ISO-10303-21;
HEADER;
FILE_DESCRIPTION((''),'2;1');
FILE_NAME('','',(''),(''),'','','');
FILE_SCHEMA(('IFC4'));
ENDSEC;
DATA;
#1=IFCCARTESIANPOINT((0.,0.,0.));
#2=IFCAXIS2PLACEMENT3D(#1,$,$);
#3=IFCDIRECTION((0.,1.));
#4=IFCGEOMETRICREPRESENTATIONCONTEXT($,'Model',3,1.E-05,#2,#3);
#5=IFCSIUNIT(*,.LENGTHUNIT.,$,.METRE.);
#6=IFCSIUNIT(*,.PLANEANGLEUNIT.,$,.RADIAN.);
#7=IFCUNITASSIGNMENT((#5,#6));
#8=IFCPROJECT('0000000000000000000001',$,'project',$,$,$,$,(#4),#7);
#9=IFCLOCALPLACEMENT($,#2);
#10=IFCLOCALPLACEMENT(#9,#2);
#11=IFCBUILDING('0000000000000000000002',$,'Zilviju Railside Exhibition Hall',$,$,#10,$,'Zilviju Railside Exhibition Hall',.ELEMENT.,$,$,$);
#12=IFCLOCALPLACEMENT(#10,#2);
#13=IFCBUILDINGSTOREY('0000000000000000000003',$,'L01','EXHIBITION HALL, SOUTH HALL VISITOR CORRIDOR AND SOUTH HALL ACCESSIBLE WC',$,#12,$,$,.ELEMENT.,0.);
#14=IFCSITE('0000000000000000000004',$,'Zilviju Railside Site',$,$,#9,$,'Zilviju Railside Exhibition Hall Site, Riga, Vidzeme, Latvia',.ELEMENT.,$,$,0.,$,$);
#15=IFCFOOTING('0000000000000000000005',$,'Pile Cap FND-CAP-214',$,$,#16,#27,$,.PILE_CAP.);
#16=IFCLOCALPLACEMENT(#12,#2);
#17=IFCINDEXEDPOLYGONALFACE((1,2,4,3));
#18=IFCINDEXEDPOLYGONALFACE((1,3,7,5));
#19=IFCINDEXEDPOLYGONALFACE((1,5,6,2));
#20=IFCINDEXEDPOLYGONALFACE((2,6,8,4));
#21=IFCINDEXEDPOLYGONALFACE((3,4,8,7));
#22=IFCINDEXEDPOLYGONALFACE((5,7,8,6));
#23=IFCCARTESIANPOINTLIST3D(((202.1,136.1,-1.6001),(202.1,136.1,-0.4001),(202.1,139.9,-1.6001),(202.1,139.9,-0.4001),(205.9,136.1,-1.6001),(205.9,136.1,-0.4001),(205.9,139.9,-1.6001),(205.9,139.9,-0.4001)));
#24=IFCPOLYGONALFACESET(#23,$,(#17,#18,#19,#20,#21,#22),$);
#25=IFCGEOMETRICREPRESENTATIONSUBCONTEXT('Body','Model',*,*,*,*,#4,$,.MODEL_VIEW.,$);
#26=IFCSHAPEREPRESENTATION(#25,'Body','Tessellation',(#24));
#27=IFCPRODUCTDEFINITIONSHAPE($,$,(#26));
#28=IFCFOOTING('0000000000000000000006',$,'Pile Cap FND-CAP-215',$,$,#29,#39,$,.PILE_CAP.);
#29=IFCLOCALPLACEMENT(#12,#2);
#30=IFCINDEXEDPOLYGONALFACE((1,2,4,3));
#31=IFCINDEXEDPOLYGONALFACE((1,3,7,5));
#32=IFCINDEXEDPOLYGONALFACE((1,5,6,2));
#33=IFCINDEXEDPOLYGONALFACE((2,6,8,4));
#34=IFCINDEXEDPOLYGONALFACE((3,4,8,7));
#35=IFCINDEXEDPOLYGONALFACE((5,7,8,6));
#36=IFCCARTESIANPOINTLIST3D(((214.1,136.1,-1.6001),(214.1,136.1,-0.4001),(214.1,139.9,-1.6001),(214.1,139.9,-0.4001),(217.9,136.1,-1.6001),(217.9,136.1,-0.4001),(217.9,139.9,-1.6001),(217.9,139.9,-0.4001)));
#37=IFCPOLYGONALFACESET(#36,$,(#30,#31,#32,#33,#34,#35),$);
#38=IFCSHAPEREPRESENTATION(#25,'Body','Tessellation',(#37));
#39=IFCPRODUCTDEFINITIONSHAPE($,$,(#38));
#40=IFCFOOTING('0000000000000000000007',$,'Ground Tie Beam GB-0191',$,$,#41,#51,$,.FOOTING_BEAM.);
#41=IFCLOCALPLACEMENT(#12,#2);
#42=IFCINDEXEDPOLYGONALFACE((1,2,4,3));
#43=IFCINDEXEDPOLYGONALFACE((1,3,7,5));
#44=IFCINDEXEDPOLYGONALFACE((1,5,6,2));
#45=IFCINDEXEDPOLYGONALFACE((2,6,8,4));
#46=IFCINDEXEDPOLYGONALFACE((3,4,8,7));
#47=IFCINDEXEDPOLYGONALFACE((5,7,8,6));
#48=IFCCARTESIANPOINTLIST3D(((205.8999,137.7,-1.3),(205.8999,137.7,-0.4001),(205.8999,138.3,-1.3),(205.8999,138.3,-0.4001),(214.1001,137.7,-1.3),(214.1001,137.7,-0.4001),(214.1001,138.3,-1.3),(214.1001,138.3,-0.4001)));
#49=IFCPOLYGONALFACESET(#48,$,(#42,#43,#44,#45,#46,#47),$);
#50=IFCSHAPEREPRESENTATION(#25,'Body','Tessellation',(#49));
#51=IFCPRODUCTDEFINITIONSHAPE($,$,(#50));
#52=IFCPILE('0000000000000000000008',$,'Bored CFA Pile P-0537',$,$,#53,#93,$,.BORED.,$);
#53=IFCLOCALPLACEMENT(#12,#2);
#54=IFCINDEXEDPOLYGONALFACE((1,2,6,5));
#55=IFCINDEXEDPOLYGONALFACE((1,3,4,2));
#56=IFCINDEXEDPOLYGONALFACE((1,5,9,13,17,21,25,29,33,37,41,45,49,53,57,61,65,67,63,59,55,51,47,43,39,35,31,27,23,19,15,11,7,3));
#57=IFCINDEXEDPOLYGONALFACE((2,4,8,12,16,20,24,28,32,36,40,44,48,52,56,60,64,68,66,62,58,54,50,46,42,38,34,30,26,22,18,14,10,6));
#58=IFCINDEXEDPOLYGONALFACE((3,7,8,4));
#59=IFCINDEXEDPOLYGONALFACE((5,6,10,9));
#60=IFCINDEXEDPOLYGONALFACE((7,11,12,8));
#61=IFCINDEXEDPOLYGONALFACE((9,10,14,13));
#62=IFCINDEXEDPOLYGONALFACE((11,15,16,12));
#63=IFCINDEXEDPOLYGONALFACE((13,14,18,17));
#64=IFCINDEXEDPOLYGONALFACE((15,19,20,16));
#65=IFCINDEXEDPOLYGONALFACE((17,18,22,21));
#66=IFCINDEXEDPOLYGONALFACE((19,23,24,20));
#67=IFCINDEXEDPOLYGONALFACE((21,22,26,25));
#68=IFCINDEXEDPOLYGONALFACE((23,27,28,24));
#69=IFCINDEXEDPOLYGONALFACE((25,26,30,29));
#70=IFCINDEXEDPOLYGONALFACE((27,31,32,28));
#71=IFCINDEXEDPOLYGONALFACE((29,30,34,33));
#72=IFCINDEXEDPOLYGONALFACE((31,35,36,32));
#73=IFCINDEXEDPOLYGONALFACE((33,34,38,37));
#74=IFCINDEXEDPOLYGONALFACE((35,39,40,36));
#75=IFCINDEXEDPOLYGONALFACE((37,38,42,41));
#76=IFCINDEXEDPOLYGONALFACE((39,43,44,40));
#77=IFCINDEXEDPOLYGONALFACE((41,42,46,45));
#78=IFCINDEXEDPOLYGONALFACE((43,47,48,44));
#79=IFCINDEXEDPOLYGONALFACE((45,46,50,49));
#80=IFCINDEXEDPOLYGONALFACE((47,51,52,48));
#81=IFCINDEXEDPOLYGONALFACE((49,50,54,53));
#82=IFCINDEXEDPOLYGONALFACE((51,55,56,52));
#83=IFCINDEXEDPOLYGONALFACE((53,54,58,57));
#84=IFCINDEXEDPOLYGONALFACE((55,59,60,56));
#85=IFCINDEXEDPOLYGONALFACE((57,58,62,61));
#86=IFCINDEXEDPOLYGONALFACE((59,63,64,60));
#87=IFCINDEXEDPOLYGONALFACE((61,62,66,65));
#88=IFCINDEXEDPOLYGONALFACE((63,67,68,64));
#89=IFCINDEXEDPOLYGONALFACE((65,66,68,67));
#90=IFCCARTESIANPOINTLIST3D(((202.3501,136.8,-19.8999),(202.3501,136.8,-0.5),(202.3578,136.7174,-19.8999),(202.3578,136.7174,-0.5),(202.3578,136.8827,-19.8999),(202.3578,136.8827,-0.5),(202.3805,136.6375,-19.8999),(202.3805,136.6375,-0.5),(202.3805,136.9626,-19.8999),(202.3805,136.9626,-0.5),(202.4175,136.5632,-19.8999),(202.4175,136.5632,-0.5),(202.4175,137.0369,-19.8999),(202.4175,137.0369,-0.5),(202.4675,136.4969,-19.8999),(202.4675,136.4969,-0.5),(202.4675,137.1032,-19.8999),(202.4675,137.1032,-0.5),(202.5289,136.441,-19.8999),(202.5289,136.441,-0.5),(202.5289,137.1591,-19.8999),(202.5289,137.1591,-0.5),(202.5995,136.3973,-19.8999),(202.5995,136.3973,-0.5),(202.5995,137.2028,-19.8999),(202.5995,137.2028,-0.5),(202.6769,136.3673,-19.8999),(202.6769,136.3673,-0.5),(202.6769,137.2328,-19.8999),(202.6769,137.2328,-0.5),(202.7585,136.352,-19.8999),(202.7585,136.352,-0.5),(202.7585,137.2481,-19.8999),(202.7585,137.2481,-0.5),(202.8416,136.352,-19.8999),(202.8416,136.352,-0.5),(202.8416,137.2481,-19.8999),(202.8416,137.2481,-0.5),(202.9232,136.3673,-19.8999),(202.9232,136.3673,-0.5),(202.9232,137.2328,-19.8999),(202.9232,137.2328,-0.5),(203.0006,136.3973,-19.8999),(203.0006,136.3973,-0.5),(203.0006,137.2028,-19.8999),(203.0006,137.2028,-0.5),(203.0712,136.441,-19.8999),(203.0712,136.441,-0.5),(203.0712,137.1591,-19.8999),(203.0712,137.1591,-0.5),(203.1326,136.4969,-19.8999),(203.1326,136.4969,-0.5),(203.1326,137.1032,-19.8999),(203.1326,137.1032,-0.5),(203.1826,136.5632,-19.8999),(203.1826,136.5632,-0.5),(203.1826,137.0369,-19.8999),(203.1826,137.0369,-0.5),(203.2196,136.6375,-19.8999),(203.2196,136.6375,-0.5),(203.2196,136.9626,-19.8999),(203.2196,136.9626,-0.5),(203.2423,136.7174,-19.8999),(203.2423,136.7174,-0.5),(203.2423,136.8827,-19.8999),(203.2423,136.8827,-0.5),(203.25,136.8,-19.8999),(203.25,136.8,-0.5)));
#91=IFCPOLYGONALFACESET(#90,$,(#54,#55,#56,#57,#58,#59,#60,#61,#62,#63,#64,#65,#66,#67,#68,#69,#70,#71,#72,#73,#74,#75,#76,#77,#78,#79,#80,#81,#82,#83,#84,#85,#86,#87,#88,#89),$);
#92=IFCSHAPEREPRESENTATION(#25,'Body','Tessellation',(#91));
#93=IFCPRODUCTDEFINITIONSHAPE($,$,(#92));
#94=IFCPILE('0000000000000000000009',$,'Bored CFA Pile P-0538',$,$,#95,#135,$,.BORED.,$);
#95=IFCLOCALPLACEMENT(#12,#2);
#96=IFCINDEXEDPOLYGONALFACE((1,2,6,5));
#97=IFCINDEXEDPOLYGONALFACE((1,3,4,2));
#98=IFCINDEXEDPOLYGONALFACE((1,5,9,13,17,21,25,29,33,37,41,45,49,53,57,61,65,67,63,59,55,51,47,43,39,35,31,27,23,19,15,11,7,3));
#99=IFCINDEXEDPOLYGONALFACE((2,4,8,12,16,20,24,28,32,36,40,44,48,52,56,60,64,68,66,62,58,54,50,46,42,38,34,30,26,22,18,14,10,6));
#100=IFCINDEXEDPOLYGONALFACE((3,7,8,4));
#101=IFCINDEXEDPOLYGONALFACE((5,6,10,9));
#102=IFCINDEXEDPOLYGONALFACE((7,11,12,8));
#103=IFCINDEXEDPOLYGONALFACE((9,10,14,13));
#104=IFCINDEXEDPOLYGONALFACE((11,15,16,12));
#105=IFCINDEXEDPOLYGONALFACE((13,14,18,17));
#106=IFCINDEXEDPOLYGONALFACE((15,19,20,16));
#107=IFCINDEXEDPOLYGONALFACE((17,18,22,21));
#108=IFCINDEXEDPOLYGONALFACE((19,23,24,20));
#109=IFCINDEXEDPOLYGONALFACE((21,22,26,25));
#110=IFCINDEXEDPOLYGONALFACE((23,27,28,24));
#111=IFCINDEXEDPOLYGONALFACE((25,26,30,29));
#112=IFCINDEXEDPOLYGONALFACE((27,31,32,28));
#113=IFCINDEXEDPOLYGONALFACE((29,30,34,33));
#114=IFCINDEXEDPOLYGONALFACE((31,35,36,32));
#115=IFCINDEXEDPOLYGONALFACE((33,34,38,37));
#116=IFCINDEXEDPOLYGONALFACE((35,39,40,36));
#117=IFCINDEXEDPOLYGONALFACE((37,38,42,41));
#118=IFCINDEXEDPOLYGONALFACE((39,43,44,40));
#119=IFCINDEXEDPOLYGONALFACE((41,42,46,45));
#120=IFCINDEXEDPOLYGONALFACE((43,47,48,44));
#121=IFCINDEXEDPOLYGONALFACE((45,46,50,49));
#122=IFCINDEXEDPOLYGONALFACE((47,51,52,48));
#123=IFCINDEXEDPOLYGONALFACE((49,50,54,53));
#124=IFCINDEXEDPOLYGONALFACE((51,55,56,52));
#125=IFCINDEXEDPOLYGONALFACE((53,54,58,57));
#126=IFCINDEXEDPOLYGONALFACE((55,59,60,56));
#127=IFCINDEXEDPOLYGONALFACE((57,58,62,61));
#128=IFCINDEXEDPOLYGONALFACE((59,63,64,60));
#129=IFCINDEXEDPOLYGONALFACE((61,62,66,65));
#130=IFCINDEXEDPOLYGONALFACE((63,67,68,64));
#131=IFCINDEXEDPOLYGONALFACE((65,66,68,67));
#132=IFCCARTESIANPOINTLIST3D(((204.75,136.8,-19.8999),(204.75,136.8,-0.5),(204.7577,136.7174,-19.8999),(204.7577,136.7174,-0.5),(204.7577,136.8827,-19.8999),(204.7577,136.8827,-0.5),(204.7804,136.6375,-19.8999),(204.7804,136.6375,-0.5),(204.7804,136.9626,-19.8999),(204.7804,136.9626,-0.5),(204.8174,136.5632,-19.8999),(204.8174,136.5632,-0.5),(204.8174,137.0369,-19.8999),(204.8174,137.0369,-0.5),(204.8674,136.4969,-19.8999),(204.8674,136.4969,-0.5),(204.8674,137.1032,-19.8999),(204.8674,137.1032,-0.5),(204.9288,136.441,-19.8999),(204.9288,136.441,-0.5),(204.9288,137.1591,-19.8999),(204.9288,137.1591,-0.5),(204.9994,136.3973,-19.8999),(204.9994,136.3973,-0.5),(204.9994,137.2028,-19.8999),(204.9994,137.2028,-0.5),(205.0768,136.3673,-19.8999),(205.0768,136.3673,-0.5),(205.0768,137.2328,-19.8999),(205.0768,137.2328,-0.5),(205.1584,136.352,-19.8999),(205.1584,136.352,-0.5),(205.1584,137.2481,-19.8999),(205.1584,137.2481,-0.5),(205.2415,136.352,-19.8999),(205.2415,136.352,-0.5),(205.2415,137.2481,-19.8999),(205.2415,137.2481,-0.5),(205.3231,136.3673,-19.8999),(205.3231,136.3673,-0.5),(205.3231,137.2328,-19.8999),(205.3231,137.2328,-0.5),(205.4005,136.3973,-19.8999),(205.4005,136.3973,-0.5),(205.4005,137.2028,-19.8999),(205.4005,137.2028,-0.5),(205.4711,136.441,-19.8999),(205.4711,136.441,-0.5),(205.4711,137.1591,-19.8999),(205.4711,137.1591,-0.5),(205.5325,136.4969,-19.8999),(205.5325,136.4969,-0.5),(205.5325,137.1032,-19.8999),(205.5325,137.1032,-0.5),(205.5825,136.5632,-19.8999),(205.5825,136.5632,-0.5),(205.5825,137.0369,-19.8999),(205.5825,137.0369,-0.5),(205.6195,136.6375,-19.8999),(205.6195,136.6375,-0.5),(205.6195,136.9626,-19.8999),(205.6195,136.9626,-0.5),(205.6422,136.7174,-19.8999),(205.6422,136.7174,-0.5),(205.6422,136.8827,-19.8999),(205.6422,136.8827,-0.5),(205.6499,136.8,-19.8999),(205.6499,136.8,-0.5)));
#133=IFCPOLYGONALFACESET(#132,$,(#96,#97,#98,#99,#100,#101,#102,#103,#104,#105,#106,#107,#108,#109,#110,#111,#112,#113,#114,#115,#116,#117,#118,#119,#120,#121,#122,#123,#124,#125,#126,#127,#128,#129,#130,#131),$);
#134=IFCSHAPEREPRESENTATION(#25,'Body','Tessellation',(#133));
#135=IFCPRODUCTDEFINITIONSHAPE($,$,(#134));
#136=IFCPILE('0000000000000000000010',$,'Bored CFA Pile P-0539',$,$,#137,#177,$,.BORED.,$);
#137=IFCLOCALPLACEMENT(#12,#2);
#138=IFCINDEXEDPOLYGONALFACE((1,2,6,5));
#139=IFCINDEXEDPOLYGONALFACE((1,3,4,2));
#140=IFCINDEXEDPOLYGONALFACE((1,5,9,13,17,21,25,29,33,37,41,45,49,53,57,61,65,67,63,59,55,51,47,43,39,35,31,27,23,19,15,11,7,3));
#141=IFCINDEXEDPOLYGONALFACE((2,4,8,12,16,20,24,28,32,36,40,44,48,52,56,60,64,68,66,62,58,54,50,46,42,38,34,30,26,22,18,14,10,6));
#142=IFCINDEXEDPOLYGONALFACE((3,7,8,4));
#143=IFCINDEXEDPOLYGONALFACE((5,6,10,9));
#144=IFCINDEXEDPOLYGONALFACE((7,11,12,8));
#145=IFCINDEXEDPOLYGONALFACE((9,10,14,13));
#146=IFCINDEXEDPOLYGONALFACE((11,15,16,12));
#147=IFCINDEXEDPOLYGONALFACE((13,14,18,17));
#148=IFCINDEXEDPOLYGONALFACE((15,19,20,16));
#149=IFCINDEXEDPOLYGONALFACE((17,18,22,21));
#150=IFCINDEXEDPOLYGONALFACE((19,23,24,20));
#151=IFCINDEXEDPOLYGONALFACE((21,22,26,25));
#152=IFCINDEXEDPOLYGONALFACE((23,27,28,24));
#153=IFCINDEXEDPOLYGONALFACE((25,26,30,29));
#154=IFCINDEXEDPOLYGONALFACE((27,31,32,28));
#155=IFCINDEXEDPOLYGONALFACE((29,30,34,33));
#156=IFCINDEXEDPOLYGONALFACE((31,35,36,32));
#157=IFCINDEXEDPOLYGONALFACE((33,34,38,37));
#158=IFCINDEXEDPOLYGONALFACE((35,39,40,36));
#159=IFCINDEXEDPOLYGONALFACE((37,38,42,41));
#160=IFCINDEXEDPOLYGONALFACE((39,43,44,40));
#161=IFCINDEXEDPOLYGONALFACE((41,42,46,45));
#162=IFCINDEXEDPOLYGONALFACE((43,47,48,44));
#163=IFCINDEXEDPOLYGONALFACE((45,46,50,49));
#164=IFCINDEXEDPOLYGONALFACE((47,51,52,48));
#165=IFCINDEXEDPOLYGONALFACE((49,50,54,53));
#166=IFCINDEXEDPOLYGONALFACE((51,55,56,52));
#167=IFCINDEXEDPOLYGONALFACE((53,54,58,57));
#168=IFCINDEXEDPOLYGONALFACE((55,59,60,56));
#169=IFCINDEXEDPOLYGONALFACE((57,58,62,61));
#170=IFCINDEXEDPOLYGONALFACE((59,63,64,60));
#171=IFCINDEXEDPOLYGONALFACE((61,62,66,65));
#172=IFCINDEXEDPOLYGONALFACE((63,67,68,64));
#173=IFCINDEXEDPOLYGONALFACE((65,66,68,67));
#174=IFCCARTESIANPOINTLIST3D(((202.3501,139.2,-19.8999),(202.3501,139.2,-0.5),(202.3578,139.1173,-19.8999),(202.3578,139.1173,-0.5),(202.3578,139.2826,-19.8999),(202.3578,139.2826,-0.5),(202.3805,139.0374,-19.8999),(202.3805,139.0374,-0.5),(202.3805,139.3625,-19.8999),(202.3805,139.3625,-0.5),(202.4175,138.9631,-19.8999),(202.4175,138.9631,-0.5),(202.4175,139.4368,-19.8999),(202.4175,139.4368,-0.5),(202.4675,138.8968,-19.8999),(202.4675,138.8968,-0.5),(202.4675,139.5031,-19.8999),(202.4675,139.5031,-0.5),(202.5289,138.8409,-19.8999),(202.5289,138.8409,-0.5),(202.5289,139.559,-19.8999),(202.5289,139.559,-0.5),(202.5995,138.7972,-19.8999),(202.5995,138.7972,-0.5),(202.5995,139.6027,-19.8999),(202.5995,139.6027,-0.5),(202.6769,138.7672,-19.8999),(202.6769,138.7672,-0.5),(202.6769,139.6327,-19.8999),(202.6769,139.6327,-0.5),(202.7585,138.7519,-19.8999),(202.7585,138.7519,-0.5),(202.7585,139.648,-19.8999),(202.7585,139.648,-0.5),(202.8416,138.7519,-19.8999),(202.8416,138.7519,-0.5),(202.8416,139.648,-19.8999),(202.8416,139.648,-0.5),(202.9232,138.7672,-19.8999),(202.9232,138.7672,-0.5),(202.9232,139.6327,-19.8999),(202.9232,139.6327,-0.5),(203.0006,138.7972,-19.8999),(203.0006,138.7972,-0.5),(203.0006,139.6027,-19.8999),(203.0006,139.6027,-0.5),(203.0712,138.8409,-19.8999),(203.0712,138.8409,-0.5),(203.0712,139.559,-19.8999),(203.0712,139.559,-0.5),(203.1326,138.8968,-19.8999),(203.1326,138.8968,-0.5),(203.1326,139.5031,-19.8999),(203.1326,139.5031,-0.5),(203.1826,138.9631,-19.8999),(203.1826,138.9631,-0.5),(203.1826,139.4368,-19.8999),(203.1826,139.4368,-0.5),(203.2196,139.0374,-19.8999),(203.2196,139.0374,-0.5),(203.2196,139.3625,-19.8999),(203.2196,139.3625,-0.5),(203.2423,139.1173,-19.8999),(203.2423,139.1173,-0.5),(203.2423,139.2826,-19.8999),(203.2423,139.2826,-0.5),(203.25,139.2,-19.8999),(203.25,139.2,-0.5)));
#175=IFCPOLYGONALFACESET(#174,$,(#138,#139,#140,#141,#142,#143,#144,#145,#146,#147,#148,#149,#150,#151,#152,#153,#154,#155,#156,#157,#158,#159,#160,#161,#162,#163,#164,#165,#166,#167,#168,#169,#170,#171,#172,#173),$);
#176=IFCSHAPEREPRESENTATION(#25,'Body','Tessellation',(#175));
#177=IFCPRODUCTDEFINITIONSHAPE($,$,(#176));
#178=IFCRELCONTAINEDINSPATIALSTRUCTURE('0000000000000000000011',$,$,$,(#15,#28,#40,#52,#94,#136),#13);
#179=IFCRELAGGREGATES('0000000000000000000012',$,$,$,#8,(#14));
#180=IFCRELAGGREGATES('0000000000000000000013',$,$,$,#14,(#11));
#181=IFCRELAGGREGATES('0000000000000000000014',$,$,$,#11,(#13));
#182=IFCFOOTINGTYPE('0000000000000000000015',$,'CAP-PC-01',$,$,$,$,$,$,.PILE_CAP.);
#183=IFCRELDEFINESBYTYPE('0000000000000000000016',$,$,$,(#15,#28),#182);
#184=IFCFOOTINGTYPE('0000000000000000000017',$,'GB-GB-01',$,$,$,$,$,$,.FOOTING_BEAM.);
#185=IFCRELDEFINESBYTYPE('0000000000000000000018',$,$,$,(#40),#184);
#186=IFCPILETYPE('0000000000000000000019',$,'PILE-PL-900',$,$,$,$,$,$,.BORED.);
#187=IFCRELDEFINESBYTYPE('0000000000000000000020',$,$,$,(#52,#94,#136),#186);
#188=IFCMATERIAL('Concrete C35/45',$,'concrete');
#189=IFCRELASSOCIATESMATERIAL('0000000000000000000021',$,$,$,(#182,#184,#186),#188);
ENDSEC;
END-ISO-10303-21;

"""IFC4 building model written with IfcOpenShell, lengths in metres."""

from ifc_helpers import new_model, si_unit, direction, frame, origin, origin_2d, place, context, subcontext, project, spatial, rectangle, circle, extrude, material, material_profile, profile_set, type_object, element, save


model = new_model("IFC4")

# Units and contexts
model_context = context("Model", 3, precision=1e-05, world=origin(), true_north=direction((0.0, 1.0)))
body_context = subcontext(model_context, "Body", "Model", "MODEL_VIEW")
ifc_project = project(units=[si_unit("LENGTHUNIT", "METRE"), si_unit("PLANEANGLEUNIT", "RADIAN")], contexts=[model_context])

# Site, building, storey
site_placement = place(None, origin())
site = spatial("IfcSite", under=ifc_project, at=site_placement, Name="Zilviju Railside Site", LongName="Zilviju Railside Exhibition Hall Site, Riga, Vidzeme, Latvia", CompositionType="ELEMENT", RefElevation=0.0)
building_placement = place(site_placement, origin())
building = spatial("IfcBuilding", under=site, at=building_placement, Name="Zilviju Railside Exhibition Hall", LongName="Zilviju Railside Exhibition Hall", CompositionType="ELEMENT")
storey_placement = place(building_placement, origin())
storey = spatial("IfcBuildingStorey", under=building, at=storey_placement, Name="L01", Description="EXHIBITION HALL, SOUTH HALL VISITOR CORRIDOR AND SOUTH HALL ACCESSIBLE WC", CompositionType="ELEMENT", Elevation=0.0)

# Footings
ifc_material_1 = material(Name="Concrete C35/45", Category="concrete")
footing_type_1 = type_object("IfcFootingType", Name="CAP-PC-01", PredefinedType="PILE_CAP", material=ifc_material_1)
for number, where, z_axis, x_axis, name in (
    (1, (204.0, 138.0, -1.6001), (0.0, 0.0, 1.0), (1.0, 0.0, 0.0), "Pile Cap FND-CAP-214"),
    (2, (216.0, 138.0, -1.6001), (0.0, 0.0, 1.0), (1.0, 0.0, 0.0), "Pile Cap FND-CAP-215"),
):
    element("IfcFooting", number, at=place(storey_placement, frame(where, z_axis=z_axis, x_axis=x_axis)), inside=storey, type_object=footing_type_1, Name=name, PredefinedType="PILE_CAP", context=body_context, shape_type="SweptSolid", body=[
        extrude(rectangle(XDim=3.8, YDim=3.8, at=origin_2d()), origin(), (0.0, 0.0, 1.0), 1.2),
    ])
ifc_material_profile_1 = material_profile(ifc_material_1, rectangle(XDim=0.6001, YDim=0.8999, at=origin_2d()), Name="TIE BEAM 600x900")
ifc_profile_set_1 = profile_set([ifc_material_profile_1], Name="Concrete C35/45")
footing_type_2 = type_object("IfcFootingType", Name="GB-GB-01", PredefinedType="FOOTING_BEAM", material=ifc_profile_set_1)
footing_placement = place(storey_placement, frame((205.8999, 138.0, -0.8501), z_axis=(1.0, 0.0, 0.0), x_axis=(0.0, 1.0, 0.0)))
element("IfcFooting", 3, at=footing_placement, inside=storey, type_object=footing_type_2, Name="Ground Tie Beam GB-0191", PredefinedType="FOOTING_BEAM", context=body_context, shape_type="SweptSolid", body=[
    extrude(rectangle(XDim=0.6001, YDim=0.8999, at=origin_2d()), origin(), (0.0, 0.0, 1.0), 8.2002),
])

# Piles
ifc_material_profile_2 = material_profile(ifc_material_1, circle(Radius=0.45, at=origin_2d()), Name="CFA PILE D900")
ifc_profile_set_2 = profile_set([ifc_material_profile_2], Name="Concrete C35/45")
pile_type = type_object("IfcPileType", Name="PILE-PL-900", PredefinedType="BORED", material=ifc_profile_set_2)
for number, where, z_axis, x_axis, name in (
    (4, (202.8, 136.8, -0.5), (0.0, 0.0, -1.0), (1.0, 0.0, 0.0), "Bored CFA Pile P-0537"),
    (5, (205.2, 136.8, -0.5), (0.0, 0.0, -1.0), (1.0, 0.0, 0.0), "Bored CFA Pile P-0538"),
    (6, (202.8, 139.2, -0.5), (0.0, 0.0, -1.0), (1.0, 0.0, 0.0), "Bored CFA Pile P-0539"),
):
    element("IfcPile", number, at=place(storey_placement, frame(where, z_axis=z_axis, x_axis=x_axis)), inside=storey, type_object=pile_type, Name=name, PredefinedType="BORED", context=body_context, shape_type="SweptSolid", body=[
        extrude(circle(Radius=0.45, at=origin_2d()), origin(), (0.0, 0.0, 1.0), 19.3999),
    ])

save(model, "model.ifc")
